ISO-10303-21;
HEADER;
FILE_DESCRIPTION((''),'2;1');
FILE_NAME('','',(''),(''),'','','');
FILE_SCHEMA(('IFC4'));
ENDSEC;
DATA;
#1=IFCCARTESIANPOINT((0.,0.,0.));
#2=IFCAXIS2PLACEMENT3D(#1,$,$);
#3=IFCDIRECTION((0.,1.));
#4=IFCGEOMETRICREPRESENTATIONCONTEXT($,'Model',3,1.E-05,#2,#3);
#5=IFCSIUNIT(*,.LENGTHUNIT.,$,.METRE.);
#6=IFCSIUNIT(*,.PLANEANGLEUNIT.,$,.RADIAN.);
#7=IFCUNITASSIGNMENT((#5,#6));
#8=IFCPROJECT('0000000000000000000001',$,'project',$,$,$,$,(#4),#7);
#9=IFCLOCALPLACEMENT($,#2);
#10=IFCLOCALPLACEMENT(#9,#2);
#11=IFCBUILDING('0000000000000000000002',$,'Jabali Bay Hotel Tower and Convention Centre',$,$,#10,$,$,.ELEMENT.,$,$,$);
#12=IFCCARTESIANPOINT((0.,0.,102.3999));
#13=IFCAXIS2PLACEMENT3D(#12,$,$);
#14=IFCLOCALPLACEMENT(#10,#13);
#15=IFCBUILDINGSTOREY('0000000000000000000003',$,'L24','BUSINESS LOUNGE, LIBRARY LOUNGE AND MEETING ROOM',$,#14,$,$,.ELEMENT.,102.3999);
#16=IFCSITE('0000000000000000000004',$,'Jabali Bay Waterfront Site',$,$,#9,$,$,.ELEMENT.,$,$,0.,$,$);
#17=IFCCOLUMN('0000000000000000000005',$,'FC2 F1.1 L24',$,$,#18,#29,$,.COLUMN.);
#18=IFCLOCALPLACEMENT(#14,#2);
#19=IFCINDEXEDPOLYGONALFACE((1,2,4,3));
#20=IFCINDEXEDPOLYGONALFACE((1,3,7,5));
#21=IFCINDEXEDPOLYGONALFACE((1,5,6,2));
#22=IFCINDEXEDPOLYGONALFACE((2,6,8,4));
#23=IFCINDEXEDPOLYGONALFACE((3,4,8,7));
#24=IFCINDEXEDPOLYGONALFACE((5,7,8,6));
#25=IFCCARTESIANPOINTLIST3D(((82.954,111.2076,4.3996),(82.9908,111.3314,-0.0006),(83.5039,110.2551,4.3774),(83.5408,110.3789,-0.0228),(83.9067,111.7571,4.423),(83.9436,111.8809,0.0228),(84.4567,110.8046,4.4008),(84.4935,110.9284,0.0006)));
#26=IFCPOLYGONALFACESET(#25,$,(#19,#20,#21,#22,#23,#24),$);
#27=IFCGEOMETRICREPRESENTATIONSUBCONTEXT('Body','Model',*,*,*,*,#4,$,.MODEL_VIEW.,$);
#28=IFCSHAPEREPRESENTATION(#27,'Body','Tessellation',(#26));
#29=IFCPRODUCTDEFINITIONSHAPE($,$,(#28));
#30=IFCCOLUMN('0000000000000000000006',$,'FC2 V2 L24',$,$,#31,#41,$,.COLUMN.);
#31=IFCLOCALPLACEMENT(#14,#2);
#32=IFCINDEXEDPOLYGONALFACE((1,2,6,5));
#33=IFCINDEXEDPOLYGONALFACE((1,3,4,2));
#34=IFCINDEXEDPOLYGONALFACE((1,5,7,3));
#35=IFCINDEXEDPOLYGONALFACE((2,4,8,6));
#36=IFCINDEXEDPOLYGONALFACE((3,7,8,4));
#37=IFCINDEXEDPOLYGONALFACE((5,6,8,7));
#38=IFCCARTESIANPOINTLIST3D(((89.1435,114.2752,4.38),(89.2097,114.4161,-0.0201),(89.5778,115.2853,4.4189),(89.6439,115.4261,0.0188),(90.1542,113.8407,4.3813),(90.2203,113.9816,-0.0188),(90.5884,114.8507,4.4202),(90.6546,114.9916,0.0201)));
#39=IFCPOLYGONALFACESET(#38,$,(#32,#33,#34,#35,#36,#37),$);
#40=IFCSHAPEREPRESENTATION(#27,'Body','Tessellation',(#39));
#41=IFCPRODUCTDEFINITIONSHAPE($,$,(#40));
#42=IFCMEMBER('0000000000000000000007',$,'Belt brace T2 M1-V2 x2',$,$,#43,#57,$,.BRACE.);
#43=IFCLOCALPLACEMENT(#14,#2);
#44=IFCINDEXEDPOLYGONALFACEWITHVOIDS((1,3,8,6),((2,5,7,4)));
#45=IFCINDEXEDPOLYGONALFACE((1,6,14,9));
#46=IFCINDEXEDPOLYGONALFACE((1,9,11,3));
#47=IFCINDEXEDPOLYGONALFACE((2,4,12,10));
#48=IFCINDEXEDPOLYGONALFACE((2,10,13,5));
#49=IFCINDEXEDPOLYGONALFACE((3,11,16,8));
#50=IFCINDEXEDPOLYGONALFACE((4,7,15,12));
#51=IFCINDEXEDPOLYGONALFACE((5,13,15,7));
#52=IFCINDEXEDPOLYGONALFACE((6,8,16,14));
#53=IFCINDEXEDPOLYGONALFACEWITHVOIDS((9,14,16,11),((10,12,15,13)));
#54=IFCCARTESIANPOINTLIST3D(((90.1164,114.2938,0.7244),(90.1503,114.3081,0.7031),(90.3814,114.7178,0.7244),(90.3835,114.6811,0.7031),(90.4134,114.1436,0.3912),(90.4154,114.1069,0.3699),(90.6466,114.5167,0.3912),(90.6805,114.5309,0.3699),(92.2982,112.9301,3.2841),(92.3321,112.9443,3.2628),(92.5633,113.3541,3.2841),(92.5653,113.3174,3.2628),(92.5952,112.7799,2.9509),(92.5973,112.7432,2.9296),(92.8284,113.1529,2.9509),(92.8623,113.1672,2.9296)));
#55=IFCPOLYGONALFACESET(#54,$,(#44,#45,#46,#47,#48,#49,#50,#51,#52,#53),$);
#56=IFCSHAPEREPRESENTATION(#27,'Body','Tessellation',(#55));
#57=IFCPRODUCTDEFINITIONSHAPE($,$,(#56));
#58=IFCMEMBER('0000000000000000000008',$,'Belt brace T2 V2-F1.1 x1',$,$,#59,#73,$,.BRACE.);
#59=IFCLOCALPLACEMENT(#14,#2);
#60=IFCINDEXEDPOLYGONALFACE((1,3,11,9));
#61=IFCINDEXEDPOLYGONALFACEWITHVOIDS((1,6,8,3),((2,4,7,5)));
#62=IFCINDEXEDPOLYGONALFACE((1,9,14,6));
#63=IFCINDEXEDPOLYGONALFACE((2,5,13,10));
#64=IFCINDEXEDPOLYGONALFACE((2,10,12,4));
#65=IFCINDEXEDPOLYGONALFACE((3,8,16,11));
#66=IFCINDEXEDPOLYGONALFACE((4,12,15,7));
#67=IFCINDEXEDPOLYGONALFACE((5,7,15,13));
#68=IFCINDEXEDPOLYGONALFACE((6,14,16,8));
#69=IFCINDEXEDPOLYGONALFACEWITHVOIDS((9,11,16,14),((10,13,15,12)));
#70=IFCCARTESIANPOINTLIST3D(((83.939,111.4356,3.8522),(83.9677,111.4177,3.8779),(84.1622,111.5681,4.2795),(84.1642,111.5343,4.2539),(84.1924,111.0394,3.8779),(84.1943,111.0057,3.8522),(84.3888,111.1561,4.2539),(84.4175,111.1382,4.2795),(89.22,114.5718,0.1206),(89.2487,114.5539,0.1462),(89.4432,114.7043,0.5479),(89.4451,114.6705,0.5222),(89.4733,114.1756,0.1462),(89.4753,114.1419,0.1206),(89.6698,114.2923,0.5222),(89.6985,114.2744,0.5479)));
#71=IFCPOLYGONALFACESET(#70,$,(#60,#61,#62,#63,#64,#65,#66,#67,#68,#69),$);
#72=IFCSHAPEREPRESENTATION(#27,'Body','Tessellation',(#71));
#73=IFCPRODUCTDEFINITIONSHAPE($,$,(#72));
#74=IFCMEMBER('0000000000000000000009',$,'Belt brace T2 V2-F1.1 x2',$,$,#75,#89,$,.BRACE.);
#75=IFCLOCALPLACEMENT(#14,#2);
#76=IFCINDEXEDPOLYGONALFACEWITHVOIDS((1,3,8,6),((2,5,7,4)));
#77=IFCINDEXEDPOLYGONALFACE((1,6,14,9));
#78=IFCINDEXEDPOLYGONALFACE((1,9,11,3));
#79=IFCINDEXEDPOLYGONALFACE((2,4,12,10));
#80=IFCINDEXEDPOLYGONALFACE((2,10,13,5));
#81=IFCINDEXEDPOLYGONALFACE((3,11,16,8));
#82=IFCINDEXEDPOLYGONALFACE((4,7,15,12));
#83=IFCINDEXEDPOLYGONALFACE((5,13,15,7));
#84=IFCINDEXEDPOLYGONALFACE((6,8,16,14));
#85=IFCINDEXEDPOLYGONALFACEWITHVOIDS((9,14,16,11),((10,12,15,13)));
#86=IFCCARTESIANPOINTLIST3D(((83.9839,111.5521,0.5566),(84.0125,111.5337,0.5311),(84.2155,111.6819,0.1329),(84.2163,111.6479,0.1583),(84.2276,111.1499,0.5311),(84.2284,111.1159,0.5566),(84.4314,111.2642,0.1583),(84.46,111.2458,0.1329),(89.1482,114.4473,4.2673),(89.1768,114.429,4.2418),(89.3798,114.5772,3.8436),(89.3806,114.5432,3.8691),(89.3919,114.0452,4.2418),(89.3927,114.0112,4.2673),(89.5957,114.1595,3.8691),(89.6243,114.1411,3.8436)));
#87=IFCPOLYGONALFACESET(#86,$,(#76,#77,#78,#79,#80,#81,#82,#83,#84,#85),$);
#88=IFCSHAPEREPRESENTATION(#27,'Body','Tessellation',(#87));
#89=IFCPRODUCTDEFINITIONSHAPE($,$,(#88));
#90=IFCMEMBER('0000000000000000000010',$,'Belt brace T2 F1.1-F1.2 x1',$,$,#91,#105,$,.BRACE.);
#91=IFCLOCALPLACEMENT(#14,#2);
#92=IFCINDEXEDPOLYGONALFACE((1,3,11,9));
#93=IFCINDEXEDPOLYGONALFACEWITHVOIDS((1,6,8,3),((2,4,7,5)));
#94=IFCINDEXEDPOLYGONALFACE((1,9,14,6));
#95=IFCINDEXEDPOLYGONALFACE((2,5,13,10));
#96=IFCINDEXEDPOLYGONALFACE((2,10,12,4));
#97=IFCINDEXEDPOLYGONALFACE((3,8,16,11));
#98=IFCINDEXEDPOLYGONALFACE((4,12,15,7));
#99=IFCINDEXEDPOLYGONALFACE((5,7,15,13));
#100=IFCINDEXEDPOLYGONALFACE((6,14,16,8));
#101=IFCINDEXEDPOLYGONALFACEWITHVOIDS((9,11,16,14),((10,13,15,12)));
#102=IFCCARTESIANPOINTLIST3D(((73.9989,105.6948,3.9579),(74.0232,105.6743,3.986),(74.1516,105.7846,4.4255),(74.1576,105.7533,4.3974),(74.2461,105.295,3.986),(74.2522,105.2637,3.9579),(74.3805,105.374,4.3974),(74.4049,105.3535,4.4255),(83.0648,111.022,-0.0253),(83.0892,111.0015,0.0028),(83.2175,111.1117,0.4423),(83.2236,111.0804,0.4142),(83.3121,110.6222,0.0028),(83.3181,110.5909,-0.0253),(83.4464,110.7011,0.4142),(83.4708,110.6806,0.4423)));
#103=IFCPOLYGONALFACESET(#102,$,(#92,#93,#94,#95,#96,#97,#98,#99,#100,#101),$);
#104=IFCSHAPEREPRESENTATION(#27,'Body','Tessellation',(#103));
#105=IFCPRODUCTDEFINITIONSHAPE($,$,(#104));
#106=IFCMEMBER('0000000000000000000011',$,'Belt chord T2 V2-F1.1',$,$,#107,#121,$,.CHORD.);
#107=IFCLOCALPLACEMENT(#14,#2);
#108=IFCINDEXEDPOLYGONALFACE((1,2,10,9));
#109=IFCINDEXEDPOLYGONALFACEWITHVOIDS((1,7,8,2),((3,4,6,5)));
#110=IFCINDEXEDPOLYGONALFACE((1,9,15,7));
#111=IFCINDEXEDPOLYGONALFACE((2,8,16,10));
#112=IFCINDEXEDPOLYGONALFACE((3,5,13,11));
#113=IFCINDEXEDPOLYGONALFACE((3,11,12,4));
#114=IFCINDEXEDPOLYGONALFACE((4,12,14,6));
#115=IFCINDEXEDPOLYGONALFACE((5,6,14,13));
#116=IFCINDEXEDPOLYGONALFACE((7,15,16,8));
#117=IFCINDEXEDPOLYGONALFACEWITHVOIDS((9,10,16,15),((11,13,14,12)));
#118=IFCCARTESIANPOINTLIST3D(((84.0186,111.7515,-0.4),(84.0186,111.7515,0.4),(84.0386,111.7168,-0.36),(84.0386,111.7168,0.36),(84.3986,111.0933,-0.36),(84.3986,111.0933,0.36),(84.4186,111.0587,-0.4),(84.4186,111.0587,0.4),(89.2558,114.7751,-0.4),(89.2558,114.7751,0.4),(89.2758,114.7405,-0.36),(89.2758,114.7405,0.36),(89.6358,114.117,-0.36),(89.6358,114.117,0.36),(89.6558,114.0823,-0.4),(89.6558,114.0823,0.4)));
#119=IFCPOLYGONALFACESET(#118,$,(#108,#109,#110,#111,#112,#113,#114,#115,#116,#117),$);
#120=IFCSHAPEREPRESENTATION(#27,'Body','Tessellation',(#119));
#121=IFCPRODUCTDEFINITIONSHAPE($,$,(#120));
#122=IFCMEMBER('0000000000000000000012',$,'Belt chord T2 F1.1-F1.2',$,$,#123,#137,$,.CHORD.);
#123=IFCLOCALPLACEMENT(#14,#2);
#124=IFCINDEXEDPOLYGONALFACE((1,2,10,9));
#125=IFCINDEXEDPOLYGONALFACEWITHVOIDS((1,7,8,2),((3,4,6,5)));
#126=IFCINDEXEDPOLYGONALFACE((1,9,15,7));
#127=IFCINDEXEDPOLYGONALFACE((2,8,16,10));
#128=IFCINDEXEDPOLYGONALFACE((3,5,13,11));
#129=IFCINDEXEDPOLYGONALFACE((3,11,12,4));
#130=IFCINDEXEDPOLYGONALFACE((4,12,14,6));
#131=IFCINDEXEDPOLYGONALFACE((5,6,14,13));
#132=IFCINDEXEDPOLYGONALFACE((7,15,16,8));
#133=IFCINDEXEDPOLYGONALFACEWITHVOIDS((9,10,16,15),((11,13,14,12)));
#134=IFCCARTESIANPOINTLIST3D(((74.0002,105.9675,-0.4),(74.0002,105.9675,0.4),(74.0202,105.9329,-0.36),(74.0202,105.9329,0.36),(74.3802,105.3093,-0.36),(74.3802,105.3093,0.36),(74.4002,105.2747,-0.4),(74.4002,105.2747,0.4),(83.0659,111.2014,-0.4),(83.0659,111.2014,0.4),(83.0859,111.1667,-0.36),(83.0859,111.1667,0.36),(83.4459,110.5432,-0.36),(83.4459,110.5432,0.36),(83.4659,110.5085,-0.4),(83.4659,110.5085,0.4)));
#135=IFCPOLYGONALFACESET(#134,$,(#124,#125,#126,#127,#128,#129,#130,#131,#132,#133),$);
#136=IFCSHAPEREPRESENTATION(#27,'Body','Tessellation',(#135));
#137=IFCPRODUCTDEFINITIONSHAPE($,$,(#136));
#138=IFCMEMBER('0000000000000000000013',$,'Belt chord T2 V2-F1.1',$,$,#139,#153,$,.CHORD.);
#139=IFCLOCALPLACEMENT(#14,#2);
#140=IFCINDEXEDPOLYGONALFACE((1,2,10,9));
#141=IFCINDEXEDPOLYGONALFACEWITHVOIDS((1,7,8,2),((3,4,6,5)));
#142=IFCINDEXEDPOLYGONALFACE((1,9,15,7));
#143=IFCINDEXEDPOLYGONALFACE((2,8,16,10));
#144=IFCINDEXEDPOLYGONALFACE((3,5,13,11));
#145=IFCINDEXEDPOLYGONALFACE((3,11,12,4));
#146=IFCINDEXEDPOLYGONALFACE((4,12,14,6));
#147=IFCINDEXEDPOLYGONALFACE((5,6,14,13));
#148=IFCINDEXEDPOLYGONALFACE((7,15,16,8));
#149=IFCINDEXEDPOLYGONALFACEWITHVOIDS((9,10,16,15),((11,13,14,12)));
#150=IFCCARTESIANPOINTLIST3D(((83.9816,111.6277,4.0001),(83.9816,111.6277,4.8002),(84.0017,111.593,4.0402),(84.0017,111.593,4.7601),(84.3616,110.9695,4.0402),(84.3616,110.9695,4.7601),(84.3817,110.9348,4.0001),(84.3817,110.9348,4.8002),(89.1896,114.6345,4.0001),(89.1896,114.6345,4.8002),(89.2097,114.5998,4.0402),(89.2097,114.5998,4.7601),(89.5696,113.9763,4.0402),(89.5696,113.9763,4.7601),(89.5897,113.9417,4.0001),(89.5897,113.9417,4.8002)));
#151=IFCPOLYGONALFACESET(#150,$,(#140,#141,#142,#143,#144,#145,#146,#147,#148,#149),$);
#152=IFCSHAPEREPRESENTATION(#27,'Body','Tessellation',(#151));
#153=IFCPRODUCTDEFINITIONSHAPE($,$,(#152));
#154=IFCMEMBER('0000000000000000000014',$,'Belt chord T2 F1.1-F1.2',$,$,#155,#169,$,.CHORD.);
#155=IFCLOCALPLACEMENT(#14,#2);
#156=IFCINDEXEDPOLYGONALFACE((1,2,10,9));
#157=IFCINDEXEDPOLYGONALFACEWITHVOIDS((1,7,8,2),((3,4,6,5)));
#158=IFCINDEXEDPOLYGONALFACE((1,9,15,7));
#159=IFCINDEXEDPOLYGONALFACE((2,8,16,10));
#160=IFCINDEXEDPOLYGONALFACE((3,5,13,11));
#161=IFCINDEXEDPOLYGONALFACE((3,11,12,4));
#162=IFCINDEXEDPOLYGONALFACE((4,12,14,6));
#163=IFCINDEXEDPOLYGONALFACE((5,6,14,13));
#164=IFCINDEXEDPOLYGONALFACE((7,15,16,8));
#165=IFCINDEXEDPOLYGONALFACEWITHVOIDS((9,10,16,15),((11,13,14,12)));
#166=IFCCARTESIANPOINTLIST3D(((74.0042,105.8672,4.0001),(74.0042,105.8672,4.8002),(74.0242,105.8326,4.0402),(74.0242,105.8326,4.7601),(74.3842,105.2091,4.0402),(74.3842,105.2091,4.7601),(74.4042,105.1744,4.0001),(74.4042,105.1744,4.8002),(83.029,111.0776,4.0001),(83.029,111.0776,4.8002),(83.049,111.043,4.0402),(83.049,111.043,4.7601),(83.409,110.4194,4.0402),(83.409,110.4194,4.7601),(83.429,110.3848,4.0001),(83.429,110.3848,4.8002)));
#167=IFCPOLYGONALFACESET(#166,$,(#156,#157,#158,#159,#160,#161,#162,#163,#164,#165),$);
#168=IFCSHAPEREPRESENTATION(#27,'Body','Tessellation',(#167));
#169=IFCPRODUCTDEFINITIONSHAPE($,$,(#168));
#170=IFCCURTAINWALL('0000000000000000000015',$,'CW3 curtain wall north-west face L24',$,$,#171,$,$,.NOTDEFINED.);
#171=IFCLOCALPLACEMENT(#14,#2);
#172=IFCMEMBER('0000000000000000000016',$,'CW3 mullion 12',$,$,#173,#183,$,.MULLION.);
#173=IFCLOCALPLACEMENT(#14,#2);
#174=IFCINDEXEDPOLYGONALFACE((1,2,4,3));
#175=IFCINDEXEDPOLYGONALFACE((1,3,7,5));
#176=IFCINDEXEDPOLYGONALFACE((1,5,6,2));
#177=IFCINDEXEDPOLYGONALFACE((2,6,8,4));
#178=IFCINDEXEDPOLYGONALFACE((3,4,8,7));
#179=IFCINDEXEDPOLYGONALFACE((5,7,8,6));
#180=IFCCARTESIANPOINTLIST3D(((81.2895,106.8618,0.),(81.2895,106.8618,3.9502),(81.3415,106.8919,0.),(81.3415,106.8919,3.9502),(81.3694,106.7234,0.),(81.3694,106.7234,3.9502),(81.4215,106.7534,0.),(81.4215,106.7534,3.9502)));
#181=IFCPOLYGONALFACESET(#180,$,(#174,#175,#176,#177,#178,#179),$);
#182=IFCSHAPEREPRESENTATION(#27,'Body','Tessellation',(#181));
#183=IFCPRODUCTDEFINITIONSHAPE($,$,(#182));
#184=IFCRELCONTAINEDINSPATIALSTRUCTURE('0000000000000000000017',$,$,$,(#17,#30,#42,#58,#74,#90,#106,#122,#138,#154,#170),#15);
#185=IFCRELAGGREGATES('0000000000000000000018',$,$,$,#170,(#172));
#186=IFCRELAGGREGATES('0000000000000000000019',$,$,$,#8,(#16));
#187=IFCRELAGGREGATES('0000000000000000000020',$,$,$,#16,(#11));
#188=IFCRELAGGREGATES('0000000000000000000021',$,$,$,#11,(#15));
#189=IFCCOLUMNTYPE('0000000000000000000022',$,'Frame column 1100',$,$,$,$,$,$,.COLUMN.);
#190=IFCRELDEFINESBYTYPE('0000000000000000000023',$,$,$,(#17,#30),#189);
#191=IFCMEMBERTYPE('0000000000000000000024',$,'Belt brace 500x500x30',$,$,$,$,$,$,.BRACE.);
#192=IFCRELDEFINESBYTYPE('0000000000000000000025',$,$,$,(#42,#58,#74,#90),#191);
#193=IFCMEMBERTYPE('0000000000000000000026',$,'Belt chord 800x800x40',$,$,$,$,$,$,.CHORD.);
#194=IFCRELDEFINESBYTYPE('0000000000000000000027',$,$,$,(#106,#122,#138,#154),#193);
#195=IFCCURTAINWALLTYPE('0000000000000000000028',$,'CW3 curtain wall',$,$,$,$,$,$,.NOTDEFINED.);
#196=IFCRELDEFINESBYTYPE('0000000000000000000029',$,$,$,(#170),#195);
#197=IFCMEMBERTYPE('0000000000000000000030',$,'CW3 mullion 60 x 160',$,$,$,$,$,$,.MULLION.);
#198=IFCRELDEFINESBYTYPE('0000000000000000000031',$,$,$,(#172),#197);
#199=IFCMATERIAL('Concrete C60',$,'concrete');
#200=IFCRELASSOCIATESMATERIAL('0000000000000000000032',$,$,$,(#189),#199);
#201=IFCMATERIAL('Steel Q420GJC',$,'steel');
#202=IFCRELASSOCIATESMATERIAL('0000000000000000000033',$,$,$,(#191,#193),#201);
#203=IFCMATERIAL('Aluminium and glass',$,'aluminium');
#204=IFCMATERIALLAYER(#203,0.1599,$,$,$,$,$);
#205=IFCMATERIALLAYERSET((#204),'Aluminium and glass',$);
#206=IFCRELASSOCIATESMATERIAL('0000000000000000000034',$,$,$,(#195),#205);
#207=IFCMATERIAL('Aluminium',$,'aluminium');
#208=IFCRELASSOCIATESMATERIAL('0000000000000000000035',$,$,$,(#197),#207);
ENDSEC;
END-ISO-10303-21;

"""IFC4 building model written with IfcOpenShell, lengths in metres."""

from ifc_helpers import new_model, si_unit, direction, frame, origin, origin_2d, place, context, subcontext, project, spatial, rectangle, hollow_rectangle, extrude, material, layer, layer_set, material_profile, profile_set, type_object, element, aggregate, save


model = new_model("IFC4")

# Units and contexts
model_context = context("Model", 3, precision=1e-05, world=origin(), true_north=direction((0.0, 1.0)))
body_context = subcontext(model_context, "Body", "Model", "MODEL_VIEW")
ifc_project = project(units=[si_unit("LENGTHUNIT", "METRE"), si_unit("PLANEANGLEUNIT", "RADIAN")], contexts=[model_context])

# Site, building, storey
site_placement = place(None, origin())
site = spatial("IfcSite", under=ifc_project, at=site_placement, Name="Jabali Bay Waterfront Site", CompositionType="ELEMENT", RefElevation=0.0)
building_placement = place(site_placement, origin())
building = spatial("IfcBuilding", under=site, at=building_placement, Name="Jabali Bay Hotel Tower and Convention Centre", CompositionType="ELEMENT")
storey_placement = place(building_placement, frame((0.0, 0.0, 102.3999)))
storey = spatial("IfcBuildingStorey", under=building, at=storey_placement, Name="L24", Description="BUSINESS LOUNGE, LIBRARY LOUNGE AND MEETING ROOM", CompositionType="ELEMENT", Elevation=102.3999)

# Columns
ifc_material_1 = material(Name="Concrete C60", Category="concrete")
ifc_material_profile_1 = material_profile(ifc_material_1, rectangle(XDim=1.1001, YDim=1.1001, at=origin_2d()), Name="Frame column 1100")
ifc_profile_set_1 = profile_set([ifc_material_profile_1], Name="Concrete C60")
column_type = type_object("IfcColumnType", Name="Frame column 1100", PredefinedType="COLUMN", material=ifc_profile_set_1)
column_1_placement = place(storey_placement, frame((83.7422, 111.1299, 0.0), z_axis=(-0.008375, -0.028119, 0.99957), x_axis=(0.866035, 0.499528, 0.021308)))
element("IfcColumn", 1, at=column_1_placement, inside=storey, type_object=column_type, Name="FC2 F1.1 L24", PredefinedType="COLUMN", context=body_context, shape_type="SweptSolid", body=[
    extrude(rectangle(XDim=1.1001, YDim=1.1001, at=origin_2d()), origin(), (0.0, 0.0, 1.0), 4.4021),
])
column_2_placement = place(storey_placement, frame((89.9321, 114.7039, 0.0), z_axis=(-0.015027, -0.031995, 0.999375), x_axis=(0.91868, -0.395001, 0.001168)))
element("IfcColumn", 2, at=column_2_placement, inside=storey, type_object=column_type, Name="FC2 V2 L24", PredefinedType="COLUMN", context=body_context, shape_type="SweptSolid", body=[
    extrude(rectangle(XDim=1.1001, YDim=1.1001, at=origin_2d()), origin(), (0.0, 0.0, 1.0), 4.4028),
])

# Members
ifc_material_2 = material(Name="Steel Q420GJC", Category="steel")
ifc_material_profile_2 = material_profile(ifc_material_2, hollow_rectangle(XDim=0.5, YDim=0.5, WallThickness=0.03, at=origin_2d()), Name="Belt brace 500x500x30")
ifc_profile_set_2 = profile_set([ifc_material_profile_2], Name="Steel Q420GJC")
member_type_1 = type_object("IfcMemberType", Name="Belt brace 500x500x30", PredefinedType="BRACE", material=ifc_profile_set_2)
member_1_placement = place(storey_placement, frame((90.3984, 114.4124, 0.5471), z_axis=(0.601156, -0.375748, 0.705284), x_axis=(0.530025, 0.847982, 0.0)))
element("IfcMember", 3, at=member_1_placement, inside=storey, type_object=member_type_1, Name="Belt brace T2 M1-V2 x2", PredefinedType="BRACE", context=body_context, shape_type="SweptSolid", body=[
    extrude(hollow_rectangle(XDim=0.5, YDim=0.5, WallThickness=0.03, at=origin_2d()), origin(), (0.0, 0.0, 1.0), 3.6294),
])
member_2_placement = place(storey_placement, frame((89.4592, 114.4231, 0.3342), z_axis=(-0.734818, -0.436386, 0.51924), x_axis=(0.510615, -0.859809, 0.0)))
element("IfcMember", 4, at=member_2_placement, inside=storey, type_object=member_type_1, Name="Belt brace T2 V2-F1.1 x1", PredefinedType="BRACE", context=body_context, shape_type="SweptSolid", body=[
    extrude(hollow_rectangle(XDim=0.5, YDim=0.5, WallThickness=0.03, at=origin_2d()), origin(), (0.0, 0.0, 1.0), 7.1868),
])
member_3_placement = place(storey_placement, frame((84.2219, 111.3989, 0.3447), z_axis=(0.739103, 0.414363, 0.531065), x_axis=(-0.489021, 0.872272, 0.0)))
element("IfcMember", 5, at=member_3_placement, inside=storey, type_object=member_type_1, Name="Belt brace T2 V2-F1.1 x2", PredefinedType="BRACE", context=body_context, shape_type="SweptSolid", body=[
    extrude(hollow_rectangle(XDim=0.5, YDim=0.5, WallThickness=0.03, at=origin_2d()), origin(), (0.0, 0.0, 1.0), 6.9873),
])
member_4_placement = place(storey_placement, frame((83.2678, 110.8513, 0.2085), z_axis=(-0.806266, -0.473763, 0.354237), x_axis=(0.506614, -0.862173, 0.0)))
element("IfcMember", 6, at=member_4_placement, inside=storey, type_object=member_type_1, Name="Belt brace T2 F1.1-F1.2 x1", PredefinedType="BRACE", context=body_context, shape_type="SweptSolid", body=[
    extrude(hollow_rectangle(XDim=0.5, YDim=0.5, WallThickness=0.03, at=origin_2d()), origin(), (0.0, 0.0, 1.0), 11.2444),
])
ifc_material_profile_3 = material_profile(ifc_material_2, hollow_rectangle(XDim=0.8, YDim=0.8, WallThickness=0.04, at=origin_2d()), Name="Belt chord 800x800x40")
ifc_profile_set_3 = profile_set([ifc_material_profile_3], Name="Steel Q420GJC")
member_type_2 = type_object("IfcMemberType", Name="Belt chord 800x800x40", PredefinedType="CHORD", material=ifc_profile_set_3)
member_5_placement = place(storey_placement, frame((89.4558, 114.4287, 0.0), z_axis=(-0.866031, -0.49999, 0.0), x_axis=(0.49999, -0.866031, 0.0)))
element("IfcMember", 7, at=member_5_placement, inside=storey, type_object=member_type_2, Name="Belt chord T2 V2-F1.1", PredefinedType="CHORD", context=body_context, shape_type="SweptSolid", body=[
    extrude(hollow_rectangle(XDim=0.8, YDim=0.8, WallThickness=0.04, at=origin_2d()), origin(), (0.0, 0.0, 1.0), 6.0474),
])
member_6_placement = place(storey_placement, frame((83.2659, 110.855, 0.0), z_axis=(-0.866033, -0.499987, 0.0), x_axis=(0.499987, -0.866033, 0.0)))
element("IfcMember", 8, at=member_6_placement, inside=storey, type_object=member_type_2, Name="Belt chord T2 F1.1-F1.2", PredefinedType="CHORD", context=body_context, shape_type="SweptSolid", body=[
    extrude(hollow_rectangle(XDim=0.8, YDim=0.8, WallThickness=0.04, at=origin_2d()), origin(), (0.0, 0.0, 1.0), 10.468),
])
member_7_placement = place(storey_placement, frame((89.3896, 114.2881, 4.4001), z_axis=(-0.866026, -0.499999, 0.0), x_axis=(0.499999, -0.866026, 0.0)))
element("IfcMember", 9, at=member_7_placement, inside=storey, type_object=member_type_2, Name="Belt chord T2 V2-F1.1", PredefinedType="CHORD", context=body_context, shape_type="SweptSolid", body=[
    extrude(hollow_rectangle(XDim=0.8, YDim=0.8, WallThickness=0.04, at=origin_2d()), origin(), (0.0, 0.0, 1.0), 6.0137),
])
member_8_placement = place(storey_placement, frame((83.229, 110.7312, 4.4001), z_axis=(-0.866029, -0.499994, 0.0), x_axis=(0.499994, -0.866029, 0.0)))
element("IfcMember", 10, at=member_8_placement, inside=storey, type_object=member_type_2, Name="Belt chord T2 F1.1-F1.2", PredefinedType="CHORD", context=body_context, shape_type="SweptSolid", body=[
    extrude(hollow_rectangle(XDim=0.8, YDim=0.8, WallThickness=0.04, at=origin_2d()), origin(), (0.0, 0.0, 1.0), 10.4209),
])

# Curtain wall, member
ifc_material_3 = material(Name="Aluminium and glass", Category="aluminium")
ifc_layer_1 = layer(ifc_material_3, 0.1599)
ifc_layer_set_1 = layer_set([ifc_layer_1], Name="Aluminium and glass")
curtain_wall_type = type_object("IfcCurtainWallType", Name="CW3 curtain wall", PredefinedType="NOTDEFINED", material=ifc_layer_set_1)
curtain_wall_placement = place(storey_placement, origin())
curtain_wall = element("IfcCurtainWall", 11, at=curtain_wall_placement, inside=storey, type_object=curtain_wall_type, Name="CW3 curtain wall north-west face L24", PredefinedType="NOTDEFINED")
ifc_material_4 = material(Name="Aluminium", Category="aluminium")
ifc_material_profile_4 = material_profile(ifc_material_4, rectangle(XDim=0.1599, YDim=0.0601, at=origin_2d()), Name="CW3 mullion 60 x 160")
ifc_profile_set_4 = profile_set([ifc_material_profile_4], Name="Aluminium")
member_type_3 = type_object("IfcMemberType", Name="CW3 mullion 60 x 160", PredefinedType="MULLION", material=ifc_profile_set_4)
member_9_placement = place(storey_placement, frame((81.3555, 106.8076, 0.0), z_axis=(0.0, 0.0, 1.0), x_axis=(-0.5, 0.866025, 0.0)))
member_9 = element("IfcMember", 12, at=member_9_placement, type_object=member_type_3, Name="CW3 mullion 12", PredefinedType="MULLION", context=body_context, shape_type="SweptSolid", body=[
    extrude(rectangle(XDim=0.1599, YDim=0.0601, at=origin_2d()), origin(), (0.0, 0.0, 1.0), 3.9502),
])

aggregate(curtain_wall, [member_9])

save(model, "model.ifc")
